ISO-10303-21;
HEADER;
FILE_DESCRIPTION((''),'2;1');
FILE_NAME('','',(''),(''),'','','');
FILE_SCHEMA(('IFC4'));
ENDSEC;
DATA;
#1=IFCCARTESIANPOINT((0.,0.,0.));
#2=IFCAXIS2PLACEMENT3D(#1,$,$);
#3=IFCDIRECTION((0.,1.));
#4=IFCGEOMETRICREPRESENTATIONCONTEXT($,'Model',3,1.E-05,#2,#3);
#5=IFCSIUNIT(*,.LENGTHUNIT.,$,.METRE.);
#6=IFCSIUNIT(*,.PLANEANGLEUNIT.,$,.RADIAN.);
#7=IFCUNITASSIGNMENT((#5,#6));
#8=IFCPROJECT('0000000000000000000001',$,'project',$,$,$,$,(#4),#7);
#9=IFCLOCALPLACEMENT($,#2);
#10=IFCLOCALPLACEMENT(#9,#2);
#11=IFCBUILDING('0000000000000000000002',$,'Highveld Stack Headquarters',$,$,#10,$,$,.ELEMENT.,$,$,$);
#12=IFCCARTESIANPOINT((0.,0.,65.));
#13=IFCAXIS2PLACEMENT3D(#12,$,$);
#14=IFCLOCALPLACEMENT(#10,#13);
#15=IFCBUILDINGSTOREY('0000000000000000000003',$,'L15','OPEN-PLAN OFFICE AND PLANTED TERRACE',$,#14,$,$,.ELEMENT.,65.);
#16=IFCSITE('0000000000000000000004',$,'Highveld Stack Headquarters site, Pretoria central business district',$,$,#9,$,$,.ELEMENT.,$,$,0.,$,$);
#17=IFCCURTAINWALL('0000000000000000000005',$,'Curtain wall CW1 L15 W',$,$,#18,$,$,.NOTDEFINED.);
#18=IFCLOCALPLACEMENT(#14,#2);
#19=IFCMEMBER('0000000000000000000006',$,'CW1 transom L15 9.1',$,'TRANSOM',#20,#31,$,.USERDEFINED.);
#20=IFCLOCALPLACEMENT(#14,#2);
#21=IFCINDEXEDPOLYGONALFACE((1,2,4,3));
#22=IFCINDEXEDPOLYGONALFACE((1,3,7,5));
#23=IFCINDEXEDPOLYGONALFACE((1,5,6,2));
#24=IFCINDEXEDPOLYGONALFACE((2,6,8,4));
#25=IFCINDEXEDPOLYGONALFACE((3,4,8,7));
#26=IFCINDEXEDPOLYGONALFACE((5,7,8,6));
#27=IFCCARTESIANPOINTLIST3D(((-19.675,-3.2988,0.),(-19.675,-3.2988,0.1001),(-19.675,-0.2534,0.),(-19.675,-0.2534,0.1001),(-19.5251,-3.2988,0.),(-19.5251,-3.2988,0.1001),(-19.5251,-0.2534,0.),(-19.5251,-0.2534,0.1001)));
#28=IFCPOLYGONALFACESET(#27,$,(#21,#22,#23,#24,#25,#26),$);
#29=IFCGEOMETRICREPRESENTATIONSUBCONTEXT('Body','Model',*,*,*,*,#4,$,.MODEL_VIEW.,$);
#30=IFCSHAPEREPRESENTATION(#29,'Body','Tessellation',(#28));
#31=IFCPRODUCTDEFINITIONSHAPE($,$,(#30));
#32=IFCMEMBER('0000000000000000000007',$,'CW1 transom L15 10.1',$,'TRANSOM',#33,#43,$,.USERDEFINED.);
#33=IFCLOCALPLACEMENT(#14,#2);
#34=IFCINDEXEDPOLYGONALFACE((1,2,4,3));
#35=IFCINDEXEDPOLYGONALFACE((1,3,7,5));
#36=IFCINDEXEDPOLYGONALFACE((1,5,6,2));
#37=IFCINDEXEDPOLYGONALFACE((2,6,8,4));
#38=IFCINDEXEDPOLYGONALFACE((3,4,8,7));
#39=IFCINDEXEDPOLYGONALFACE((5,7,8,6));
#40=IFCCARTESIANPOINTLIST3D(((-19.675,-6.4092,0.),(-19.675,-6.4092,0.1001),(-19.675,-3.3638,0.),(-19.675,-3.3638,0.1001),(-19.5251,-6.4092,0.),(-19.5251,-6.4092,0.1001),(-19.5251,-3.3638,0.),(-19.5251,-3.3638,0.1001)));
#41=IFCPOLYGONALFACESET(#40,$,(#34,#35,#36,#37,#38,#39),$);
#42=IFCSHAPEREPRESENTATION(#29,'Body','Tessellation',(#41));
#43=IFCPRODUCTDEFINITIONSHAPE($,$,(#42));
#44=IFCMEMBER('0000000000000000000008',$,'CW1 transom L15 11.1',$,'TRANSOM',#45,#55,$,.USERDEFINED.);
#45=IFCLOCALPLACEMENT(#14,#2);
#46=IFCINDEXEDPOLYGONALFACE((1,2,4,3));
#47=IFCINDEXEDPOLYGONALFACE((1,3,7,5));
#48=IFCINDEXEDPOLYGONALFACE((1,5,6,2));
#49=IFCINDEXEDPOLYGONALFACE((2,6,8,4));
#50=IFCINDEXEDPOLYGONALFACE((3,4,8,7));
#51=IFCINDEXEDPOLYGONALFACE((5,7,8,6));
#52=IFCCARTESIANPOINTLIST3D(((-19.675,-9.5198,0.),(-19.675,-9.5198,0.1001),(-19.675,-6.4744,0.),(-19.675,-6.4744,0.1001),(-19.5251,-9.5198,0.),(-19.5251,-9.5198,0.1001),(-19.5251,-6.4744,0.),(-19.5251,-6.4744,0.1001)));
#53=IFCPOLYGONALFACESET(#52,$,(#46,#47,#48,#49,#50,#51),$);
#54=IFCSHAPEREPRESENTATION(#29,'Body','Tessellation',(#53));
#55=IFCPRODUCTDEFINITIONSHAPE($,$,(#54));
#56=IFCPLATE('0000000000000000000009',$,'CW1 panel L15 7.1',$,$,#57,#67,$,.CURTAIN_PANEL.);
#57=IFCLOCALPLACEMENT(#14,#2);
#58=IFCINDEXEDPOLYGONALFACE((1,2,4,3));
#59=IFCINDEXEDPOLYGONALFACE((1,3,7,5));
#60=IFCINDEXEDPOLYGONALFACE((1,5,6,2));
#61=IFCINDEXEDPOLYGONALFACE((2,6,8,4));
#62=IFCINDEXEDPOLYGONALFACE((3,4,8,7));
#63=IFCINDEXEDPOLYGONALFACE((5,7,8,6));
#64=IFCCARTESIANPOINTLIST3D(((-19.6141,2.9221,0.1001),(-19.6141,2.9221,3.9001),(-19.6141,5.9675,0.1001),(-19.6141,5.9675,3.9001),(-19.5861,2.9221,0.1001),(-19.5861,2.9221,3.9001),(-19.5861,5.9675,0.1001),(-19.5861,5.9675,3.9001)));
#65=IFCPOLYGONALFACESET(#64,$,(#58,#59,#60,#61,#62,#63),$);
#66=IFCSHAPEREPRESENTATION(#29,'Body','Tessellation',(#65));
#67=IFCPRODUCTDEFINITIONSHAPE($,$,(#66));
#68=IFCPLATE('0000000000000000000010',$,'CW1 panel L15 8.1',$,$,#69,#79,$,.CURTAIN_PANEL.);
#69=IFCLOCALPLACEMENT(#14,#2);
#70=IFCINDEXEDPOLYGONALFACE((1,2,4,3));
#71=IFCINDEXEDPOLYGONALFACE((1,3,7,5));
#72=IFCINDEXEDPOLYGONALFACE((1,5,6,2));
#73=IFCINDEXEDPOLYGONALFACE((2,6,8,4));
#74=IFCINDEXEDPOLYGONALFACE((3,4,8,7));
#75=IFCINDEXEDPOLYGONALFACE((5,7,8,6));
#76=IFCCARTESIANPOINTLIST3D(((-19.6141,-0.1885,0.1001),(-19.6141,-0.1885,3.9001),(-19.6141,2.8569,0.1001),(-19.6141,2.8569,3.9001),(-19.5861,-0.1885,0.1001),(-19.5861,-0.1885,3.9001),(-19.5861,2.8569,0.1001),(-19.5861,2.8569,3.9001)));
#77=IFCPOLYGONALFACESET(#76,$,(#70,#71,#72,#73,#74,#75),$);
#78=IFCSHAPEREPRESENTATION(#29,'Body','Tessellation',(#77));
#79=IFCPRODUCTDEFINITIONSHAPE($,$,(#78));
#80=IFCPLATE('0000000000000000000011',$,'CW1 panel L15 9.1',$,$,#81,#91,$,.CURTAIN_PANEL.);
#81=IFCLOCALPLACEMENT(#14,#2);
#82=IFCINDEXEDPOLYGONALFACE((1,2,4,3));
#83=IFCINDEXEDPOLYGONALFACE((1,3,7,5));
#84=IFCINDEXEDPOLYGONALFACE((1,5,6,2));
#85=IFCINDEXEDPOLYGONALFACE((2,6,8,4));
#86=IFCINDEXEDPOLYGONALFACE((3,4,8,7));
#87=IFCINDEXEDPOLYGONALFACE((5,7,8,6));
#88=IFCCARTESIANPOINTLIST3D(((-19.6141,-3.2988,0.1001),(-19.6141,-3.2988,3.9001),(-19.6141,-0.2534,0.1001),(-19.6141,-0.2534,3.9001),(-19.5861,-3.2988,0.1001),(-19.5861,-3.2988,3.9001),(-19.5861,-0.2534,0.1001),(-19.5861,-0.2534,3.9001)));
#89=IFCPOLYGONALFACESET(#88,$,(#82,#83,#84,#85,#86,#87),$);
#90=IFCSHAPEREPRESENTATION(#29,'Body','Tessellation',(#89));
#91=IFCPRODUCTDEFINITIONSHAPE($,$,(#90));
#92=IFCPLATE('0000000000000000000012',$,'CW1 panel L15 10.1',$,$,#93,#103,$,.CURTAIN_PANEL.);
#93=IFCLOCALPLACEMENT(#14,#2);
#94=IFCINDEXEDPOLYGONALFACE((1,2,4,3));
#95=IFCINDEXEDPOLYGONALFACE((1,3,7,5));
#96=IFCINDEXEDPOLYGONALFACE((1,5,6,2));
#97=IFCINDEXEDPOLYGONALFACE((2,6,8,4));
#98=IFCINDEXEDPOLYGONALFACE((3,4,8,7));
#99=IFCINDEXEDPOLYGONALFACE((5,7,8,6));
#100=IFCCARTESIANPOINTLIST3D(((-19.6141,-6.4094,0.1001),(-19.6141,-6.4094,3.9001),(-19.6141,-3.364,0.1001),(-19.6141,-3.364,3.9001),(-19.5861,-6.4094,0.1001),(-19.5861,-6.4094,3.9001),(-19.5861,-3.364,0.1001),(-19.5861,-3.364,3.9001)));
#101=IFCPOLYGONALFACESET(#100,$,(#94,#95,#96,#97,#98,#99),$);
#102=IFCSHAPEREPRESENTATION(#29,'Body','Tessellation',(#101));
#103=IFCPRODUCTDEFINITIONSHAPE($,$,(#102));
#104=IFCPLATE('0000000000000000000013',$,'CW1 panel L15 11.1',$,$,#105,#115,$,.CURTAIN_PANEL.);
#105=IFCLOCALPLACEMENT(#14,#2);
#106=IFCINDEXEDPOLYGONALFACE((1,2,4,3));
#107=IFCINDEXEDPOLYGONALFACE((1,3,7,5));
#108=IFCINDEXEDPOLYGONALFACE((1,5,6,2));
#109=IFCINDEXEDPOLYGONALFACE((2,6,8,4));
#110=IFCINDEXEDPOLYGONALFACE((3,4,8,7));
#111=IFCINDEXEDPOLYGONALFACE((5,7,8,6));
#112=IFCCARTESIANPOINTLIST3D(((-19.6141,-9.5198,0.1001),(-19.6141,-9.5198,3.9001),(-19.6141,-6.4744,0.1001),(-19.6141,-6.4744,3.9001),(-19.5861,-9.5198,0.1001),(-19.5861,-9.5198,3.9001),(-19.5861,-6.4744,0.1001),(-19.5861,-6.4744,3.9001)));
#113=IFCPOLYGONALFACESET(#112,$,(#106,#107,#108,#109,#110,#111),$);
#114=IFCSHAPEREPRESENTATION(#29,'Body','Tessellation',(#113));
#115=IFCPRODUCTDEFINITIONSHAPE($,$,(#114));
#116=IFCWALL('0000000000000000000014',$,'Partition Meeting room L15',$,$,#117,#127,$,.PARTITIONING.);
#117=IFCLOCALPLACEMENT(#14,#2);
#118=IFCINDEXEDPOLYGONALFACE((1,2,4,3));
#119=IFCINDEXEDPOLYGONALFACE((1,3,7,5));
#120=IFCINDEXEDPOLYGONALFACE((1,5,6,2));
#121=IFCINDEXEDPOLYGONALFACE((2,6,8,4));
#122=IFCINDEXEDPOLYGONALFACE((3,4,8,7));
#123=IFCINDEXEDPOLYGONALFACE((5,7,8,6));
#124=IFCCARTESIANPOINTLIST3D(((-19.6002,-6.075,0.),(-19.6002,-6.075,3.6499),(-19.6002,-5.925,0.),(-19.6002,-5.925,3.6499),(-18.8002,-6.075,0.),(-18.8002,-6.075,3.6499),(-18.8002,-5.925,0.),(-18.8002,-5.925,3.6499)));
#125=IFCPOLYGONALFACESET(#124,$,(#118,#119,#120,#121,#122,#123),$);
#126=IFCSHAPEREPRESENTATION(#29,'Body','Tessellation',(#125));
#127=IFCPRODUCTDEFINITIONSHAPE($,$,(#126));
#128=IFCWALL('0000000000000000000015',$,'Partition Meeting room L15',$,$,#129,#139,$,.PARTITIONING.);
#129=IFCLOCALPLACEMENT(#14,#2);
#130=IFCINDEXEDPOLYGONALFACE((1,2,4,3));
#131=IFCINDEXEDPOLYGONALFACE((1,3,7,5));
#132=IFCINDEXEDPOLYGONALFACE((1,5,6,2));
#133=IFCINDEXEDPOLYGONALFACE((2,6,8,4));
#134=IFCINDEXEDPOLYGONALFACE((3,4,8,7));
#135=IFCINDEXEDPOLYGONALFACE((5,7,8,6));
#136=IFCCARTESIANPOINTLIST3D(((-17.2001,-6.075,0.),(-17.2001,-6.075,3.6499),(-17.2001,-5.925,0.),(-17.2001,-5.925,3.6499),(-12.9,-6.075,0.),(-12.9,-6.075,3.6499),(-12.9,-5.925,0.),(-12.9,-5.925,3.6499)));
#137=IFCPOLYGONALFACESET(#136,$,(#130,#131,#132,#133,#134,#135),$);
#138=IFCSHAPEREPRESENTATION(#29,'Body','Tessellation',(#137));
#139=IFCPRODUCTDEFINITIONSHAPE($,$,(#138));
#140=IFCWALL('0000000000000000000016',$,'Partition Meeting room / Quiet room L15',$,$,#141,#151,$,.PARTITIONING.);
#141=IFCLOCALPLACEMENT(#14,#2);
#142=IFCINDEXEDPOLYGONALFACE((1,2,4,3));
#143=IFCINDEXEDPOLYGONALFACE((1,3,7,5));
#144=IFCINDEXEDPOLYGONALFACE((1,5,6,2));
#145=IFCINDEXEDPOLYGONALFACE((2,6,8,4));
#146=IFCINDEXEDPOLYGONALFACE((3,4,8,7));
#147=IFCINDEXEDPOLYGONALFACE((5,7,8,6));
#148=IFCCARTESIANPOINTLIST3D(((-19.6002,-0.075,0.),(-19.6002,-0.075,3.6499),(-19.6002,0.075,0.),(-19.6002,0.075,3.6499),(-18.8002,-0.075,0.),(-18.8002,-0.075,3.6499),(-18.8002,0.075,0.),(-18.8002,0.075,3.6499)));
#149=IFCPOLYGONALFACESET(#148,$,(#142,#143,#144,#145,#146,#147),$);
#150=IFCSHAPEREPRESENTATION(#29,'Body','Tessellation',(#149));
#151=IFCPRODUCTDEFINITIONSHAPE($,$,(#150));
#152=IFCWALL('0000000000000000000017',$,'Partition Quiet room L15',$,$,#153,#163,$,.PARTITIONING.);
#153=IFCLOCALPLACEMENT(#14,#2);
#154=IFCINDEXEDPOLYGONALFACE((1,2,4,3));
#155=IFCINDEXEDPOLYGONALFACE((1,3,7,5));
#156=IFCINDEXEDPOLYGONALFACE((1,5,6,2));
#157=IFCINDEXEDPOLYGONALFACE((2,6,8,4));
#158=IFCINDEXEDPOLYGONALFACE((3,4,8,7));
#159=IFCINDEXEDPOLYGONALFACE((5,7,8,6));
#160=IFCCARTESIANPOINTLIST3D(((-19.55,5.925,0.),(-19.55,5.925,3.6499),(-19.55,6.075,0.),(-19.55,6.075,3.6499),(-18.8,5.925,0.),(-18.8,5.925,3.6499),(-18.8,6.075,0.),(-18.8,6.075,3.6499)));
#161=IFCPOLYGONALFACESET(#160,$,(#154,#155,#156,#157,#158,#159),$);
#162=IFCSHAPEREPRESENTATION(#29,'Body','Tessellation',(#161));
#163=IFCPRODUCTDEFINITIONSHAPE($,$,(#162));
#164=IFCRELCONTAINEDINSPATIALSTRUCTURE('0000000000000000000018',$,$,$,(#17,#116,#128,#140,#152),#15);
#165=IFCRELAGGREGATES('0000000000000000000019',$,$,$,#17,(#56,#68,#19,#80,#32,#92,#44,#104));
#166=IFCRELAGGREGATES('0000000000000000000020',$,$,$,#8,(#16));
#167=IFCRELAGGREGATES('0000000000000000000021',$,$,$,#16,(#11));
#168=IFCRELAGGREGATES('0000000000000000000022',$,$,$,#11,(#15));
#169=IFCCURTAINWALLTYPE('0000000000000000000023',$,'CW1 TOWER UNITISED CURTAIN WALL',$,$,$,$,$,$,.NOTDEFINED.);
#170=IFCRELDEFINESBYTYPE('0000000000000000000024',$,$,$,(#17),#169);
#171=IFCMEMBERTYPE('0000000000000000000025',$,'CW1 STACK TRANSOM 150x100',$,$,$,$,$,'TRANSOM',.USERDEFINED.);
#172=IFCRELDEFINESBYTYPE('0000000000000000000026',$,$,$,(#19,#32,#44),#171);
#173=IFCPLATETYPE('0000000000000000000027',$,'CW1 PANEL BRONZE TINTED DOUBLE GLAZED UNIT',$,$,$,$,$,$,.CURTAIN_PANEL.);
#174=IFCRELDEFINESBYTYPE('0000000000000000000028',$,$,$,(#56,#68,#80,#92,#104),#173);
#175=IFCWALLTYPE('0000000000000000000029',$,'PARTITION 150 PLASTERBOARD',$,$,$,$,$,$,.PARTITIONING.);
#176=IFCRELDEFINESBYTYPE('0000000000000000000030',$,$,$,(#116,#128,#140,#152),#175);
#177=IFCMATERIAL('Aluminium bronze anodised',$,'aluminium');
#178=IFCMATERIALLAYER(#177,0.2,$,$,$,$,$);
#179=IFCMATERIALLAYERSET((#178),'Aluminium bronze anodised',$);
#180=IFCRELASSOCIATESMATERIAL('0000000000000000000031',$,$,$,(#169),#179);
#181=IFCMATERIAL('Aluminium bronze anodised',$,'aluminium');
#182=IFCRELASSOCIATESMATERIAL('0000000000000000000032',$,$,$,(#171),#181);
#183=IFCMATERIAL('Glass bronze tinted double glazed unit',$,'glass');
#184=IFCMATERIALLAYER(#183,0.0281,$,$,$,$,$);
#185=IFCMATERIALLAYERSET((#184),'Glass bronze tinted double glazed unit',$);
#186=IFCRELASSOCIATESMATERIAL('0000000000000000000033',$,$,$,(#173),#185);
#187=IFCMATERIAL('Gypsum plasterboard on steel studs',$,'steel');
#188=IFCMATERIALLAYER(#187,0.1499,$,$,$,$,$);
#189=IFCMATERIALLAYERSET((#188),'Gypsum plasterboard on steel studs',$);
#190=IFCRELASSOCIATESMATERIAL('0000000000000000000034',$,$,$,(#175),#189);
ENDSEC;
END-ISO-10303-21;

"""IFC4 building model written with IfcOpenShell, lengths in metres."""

from ifc_helpers import new_model, si_unit, direction, frame, frame_2d, origin, origin_2d, place, context, subcontext, project, spatial, rectangle, extrude, material, layer, layer_set, material_profile, profile_set, type_object, element, aggregate, save


model = new_model("IFC4")

# Units and contexts
model_context = context("Model", 3, precision=1e-05, world=origin(), true_north=direction((0.0, 1.0)))
body_context = subcontext(model_context, "Body", "Model", "MODEL_VIEW")
ifc_project = project(units=[si_unit("LENGTHUNIT", "METRE"), si_unit("PLANEANGLEUNIT", "RADIAN")], contexts=[model_context])

# Site, building, storey
site_placement = place(None, origin())
site = spatial("IfcSite", under=ifc_project, at=site_placement, Name="Highveld Stack Headquarters site, Pretoria central business district", CompositionType="ELEMENT", RefElevation=0.0)
building_placement = place(site_placement, origin())
building = spatial("IfcBuilding", under=site, at=building_placement, Name="Highveld Stack Headquarters", CompositionType="ELEMENT")
storey_placement = place(building_placement, frame((0.0, 0.0, 65.0)))
storey = spatial("IfcBuildingStorey", under=building, at=storey_placement, Name="L15", Description="OPEN-PLAN OFFICE AND PLANTED TERRACE", CompositionType="ELEMENT", Elevation=65.0)

# Curtain wall, members, plates
ifc_material_1 = material(Name="Aluminium bronze anodised", Category="aluminium")
ifc_layer_1 = layer(ifc_material_1, 0.2)
ifc_layer_set_1 = layer_set([ifc_layer_1], Name="Aluminium bronze anodised")
curtain_wall_type = type_object("IfcCurtainWallType", Name="CW1 TOWER UNITISED CURTAIN WALL", PredefinedType="NOTDEFINED", material=ifc_layer_set_1)
curtain_wall_placement = place(storey_placement, origin())
curtain_wall = element("IfcCurtainWall", 1, at=curtain_wall_placement, inside=storey, type_object=curtain_wall_type, Name="Curtain wall CW1 L15 W", PredefinedType="NOTDEFINED")
ifc_material_2 = material(Name="Aluminium bronze anodised", Category="aluminium")
ifc_material_profile_1 = material_profile(ifc_material_2, rectangle(XDim=0.1499, YDim=0.1001, at=origin_2d()), Name="CW1 TRANSOM 150x100")
ifc_profile_set_1 = profile_set([ifc_material_profile_1], Name="Aluminium bronze anodised")
member_type_1 = type_object("IfcMemberType", Name="CW1 STACK TRANSOM 150x100", ElementType="TRANSOM", PredefinedType="USERDEFINED", material=ifc_profile_set_1)
member_1_placement = place(storey_placement, frame((-19.6001, -0.2534, 0.05), z_axis=(0.0, -1.0, 0.0), x_axis=(1.0, 0.0, 0.0)))
member_1 = element("IfcMember", 2, at=member_1_placement, type_object=member_type_1, Name="CW1 transom L15 9.1", ObjectType="TRANSOM", PredefinedType="USERDEFINED", context=body_context, shape_type="SweptSolid", body=[
    extrude(rectangle(XDim=0.1499, YDim=0.1001, at=origin_2d()), origin(), (0.0, 0.0, 1.0), 3.0454),
])
member_2_placement = place(storey_placement, frame((-19.6001, -3.3638, 0.05), z_axis=(0.0, -1.0, 0.0), x_axis=(1.0, 0.0, 0.0)))
member_2 = element("IfcMember", 3, at=member_2_placement, type_object=member_type_1, Name="CW1 transom L15 10.1", ObjectType="TRANSOM", PredefinedType="USERDEFINED", context=body_context, shape_type="SweptSolid", body=[
    extrude(rectangle(XDim=0.1499, YDim=0.1001, at=origin_2d()), origin(), (0.0, 0.0, 1.0), 3.0454),
])
member_3_placement = place(storey_placement, frame((-19.6001, -6.4744, 0.05), z_axis=(0.0, -1.0, 0.0), x_axis=(1.0, 0.0, 0.0)))
member_3 = element("IfcMember", 4, at=member_3_placement, type_object=member_type_1, Name="CW1 transom L15 11.1", ObjectType="TRANSOM", PredefinedType="USERDEFINED", context=body_context, shape_type="SweptSolid", body=[
    extrude(rectangle(XDim=0.1499, YDim=0.1001, at=origin_2d()), origin(), (0.0, 0.0, 1.0), 3.0454),
])
ifc_material_3 = material(Name="Glass bronze tinted double glazed unit", Category="glass")
ifc_layer_2 = layer(ifc_material_3, 0.0281)
ifc_layer_set_2 = layer_set([ifc_layer_2], Name="Glass bronze tinted double glazed unit")
plate_type = type_object("IfcPlateType", Name="CW1 PANEL BRONZE TINTED DOUBLE GLAZED UNIT", PredefinedType="CURTAIN_PANEL", material=ifc_layer_set_2)
plate_1_placement = place(storey_placement, frame((-19.6001, 4.4448, 0.1001), z_axis=(0.0, 0.0, 1.0), x_axis=(0.0, -1.0, 0.0)))
plate_1 = element("IfcPlate", 5, at=plate_1_placement, type_object=plate_type, Name="CW1 panel L15 7.1", PredefinedType="CURTAIN_PANEL", context=body_context, shape_type="SweptSolid", body=[
    extrude(rectangle(XDim=3.0454, YDim=0.0281, at=origin_2d()), origin(), (0.0, 0.0, 1.0), 3.8),
])
plate_2_placement = place(storey_placement, frame((-19.6001, 1.3342, 0.1001), z_axis=(0.0, 0.0, 1.0), x_axis=(0.0, -1.0, 0.0)))
plate_2 = element("IfcPlate", 6, at=plate_2_placement, type_object=plate_type, Name="CW1 panel L15 8.1", PredefinedType="CURTAIN_PANEL", context=body_context, shape_type="SweptSolid", body=[
    extrude(rectangle(XDim=3.0454, YDim=0.0281, at=origin_2d()), origin(), (0.0, 0.0, 1.0), 3.8),
])
plate_3_placement = place(storey_placement, frame((-19.6001, -1.7761, 0.1001), z_axis=(0.0, 0.0, 1.0), x_axis=(0.0, -1.0, 0.0)))
plate_3 = element("IfcPlate", 7, at=plate_3_placement, type_object=plate_type, Name="CW1 panel L15 9.1", PredefinedType="CURTAIN_PANEL", context=body_context, shape_type="SweptSolid", body=[
    extrude(rectangle(XDim=3.0454, YDim=0.0281, at=origin_2d()), origin(), (0.0, 0.0, 1.0), 3.8),
])
plate_4_placement = place(storey_placement, frame((-19.6001, -4.8867, 0.1001), z_axis=(0.0, 0.0, 1.0), x_axis=(0.0, -1.0, 0.0)))
plate_4 = element("IfcPlate", 8, at=plate_4_placement, type_object=plate_type, Name="CW1 panel L15 10.1", PredefinedType="CURTAIN_PANEL", context=body_context, shape_type="SweptSolid", body=[
    extrude(rectangle(XDim=3.0454, YDim=0.0281, at=origin_2d()), origin(), (0.0, 0.0, 1.0), 3.8),
])
plate_5_placement = place(storey_placement, frame((-19.6001, -7.9971, 0.1001), z_axis=(0.0, 0.0, 1.0), x_axis=(0.0, -1.0, 0.0)))
plate_5 = element("IfcPlate", 9, at=plate_5_placement, type_object=plate_type, Name="CW1 panel L15 11.1", PredefinedType="CURTAIN_PANEL", context=body_context, shape_type="SweptSolid", body=[
    extrude(rectangle(XDim=3.0454, YDim=0.0281, at=origin_2d()), origin(), (0.0, 0.0, 1.0), 3.8),
])
aggregate(curtain_wall, [plate_1, plate_2, member_1, plate_3, member_2, plate_4, member_3, plate_5])

# Walls
ifc_material_4 = material(Name="Gypsum plasterboard on steel studs", Category="steel")
ifc_layer_3 = layer(ifc_material_4, 0.1499)
ifc_layer_set_3 = layer_set([ifc_layer_3], Name="Gypsum plasterboard on steel studs")
wall_type = type_object("IfcWallType", Name="PARTITION 150 PLASTERBOARD", PredefinedType="PARTITIONING", material=ifc_layer_set_3)
wall_1_placement = place(storey_placement, frame((-19.6001, -6.0, 0.0), z_axis=(0.0, 0.0, 1.0), x_axis=(1.0, 0.0, 0.0)))
element("IfcWall", 10, at=wall_1_placement, inside=storey, type_object=wall_type, Name="Partition Meeting room L15", PredefinedType="PARTITIONING", context=body_context, shape_type="SweptSolid", body=[
    extrude(rectangle(XDim=0.8, YDim=0.1499, at=frame_2d((0.3999, 0.0))), origin(), (0.0, 0.0, 1.0), 3.6499),
])
wall_2_placement = place(storey_placement, frame((-17.2, -6.0, 0.0), z_axis=(0.0, 0.0, 1.0), x_axis=(1.0, 0.0, 0.0)))
element("IfcWall", 11, at=wall_2_placement, inside=storey, type_object=wall_type, Name="Partition Meeting room L15", PredefinedType="PARTITIONING", context=body_context, shape_type="SweptSolid", body=[
    extrude(rectangle(XDim=4.3, YDim=0.1499, at=frame_2d((2.1499, 0.0))), origin(), (0.0, 0.0, 1.0), 3.6499),
])
wall_3_placement = place(storey_placement, frame((-19.6001, 0.0, 0.0), z_axis=(0.0, 0.0, 1.0), x_axis=(1.0, 0.0, 0.0)))
element("IfcWall", 12, at=wall_3_placement, inside=storey, type_object=wall_type, Name="Partition Meeting room / Quiet room L15", PredefinedType="PARTITIONING", context=body_context, shape_type="SweptSolid", body=[
    extrude(rectangle(XDim=0.8, YDim=0.1499, at=frame_2d((0.3999, 0.0))), origin(), (0.0, 0.0, 1.0), 3.6499),
])
wall_4_placement = place(storey_placement, frame((-19.55, 6.0, 0.0), z_axis=(0.0, 0.0, 1.0), x_axis=(1.0, 0.0, 0.0)))
element("IfcWall", 13, at=wall_4_placement, inside=storey, type_object=wall_type, Name="Partition Quiet room L15", PredefinedType="PARTITIONING", context=body_context, shape_type="SweptSolid", body=[
    extrude(rectangle(XDim=0.75, YDim=0.1499, at=frame_2d((0.375, 0.0))), origin(), (0.0, 0.0, 1.0), 3.6499),
])

save(model, "model.ifc")
